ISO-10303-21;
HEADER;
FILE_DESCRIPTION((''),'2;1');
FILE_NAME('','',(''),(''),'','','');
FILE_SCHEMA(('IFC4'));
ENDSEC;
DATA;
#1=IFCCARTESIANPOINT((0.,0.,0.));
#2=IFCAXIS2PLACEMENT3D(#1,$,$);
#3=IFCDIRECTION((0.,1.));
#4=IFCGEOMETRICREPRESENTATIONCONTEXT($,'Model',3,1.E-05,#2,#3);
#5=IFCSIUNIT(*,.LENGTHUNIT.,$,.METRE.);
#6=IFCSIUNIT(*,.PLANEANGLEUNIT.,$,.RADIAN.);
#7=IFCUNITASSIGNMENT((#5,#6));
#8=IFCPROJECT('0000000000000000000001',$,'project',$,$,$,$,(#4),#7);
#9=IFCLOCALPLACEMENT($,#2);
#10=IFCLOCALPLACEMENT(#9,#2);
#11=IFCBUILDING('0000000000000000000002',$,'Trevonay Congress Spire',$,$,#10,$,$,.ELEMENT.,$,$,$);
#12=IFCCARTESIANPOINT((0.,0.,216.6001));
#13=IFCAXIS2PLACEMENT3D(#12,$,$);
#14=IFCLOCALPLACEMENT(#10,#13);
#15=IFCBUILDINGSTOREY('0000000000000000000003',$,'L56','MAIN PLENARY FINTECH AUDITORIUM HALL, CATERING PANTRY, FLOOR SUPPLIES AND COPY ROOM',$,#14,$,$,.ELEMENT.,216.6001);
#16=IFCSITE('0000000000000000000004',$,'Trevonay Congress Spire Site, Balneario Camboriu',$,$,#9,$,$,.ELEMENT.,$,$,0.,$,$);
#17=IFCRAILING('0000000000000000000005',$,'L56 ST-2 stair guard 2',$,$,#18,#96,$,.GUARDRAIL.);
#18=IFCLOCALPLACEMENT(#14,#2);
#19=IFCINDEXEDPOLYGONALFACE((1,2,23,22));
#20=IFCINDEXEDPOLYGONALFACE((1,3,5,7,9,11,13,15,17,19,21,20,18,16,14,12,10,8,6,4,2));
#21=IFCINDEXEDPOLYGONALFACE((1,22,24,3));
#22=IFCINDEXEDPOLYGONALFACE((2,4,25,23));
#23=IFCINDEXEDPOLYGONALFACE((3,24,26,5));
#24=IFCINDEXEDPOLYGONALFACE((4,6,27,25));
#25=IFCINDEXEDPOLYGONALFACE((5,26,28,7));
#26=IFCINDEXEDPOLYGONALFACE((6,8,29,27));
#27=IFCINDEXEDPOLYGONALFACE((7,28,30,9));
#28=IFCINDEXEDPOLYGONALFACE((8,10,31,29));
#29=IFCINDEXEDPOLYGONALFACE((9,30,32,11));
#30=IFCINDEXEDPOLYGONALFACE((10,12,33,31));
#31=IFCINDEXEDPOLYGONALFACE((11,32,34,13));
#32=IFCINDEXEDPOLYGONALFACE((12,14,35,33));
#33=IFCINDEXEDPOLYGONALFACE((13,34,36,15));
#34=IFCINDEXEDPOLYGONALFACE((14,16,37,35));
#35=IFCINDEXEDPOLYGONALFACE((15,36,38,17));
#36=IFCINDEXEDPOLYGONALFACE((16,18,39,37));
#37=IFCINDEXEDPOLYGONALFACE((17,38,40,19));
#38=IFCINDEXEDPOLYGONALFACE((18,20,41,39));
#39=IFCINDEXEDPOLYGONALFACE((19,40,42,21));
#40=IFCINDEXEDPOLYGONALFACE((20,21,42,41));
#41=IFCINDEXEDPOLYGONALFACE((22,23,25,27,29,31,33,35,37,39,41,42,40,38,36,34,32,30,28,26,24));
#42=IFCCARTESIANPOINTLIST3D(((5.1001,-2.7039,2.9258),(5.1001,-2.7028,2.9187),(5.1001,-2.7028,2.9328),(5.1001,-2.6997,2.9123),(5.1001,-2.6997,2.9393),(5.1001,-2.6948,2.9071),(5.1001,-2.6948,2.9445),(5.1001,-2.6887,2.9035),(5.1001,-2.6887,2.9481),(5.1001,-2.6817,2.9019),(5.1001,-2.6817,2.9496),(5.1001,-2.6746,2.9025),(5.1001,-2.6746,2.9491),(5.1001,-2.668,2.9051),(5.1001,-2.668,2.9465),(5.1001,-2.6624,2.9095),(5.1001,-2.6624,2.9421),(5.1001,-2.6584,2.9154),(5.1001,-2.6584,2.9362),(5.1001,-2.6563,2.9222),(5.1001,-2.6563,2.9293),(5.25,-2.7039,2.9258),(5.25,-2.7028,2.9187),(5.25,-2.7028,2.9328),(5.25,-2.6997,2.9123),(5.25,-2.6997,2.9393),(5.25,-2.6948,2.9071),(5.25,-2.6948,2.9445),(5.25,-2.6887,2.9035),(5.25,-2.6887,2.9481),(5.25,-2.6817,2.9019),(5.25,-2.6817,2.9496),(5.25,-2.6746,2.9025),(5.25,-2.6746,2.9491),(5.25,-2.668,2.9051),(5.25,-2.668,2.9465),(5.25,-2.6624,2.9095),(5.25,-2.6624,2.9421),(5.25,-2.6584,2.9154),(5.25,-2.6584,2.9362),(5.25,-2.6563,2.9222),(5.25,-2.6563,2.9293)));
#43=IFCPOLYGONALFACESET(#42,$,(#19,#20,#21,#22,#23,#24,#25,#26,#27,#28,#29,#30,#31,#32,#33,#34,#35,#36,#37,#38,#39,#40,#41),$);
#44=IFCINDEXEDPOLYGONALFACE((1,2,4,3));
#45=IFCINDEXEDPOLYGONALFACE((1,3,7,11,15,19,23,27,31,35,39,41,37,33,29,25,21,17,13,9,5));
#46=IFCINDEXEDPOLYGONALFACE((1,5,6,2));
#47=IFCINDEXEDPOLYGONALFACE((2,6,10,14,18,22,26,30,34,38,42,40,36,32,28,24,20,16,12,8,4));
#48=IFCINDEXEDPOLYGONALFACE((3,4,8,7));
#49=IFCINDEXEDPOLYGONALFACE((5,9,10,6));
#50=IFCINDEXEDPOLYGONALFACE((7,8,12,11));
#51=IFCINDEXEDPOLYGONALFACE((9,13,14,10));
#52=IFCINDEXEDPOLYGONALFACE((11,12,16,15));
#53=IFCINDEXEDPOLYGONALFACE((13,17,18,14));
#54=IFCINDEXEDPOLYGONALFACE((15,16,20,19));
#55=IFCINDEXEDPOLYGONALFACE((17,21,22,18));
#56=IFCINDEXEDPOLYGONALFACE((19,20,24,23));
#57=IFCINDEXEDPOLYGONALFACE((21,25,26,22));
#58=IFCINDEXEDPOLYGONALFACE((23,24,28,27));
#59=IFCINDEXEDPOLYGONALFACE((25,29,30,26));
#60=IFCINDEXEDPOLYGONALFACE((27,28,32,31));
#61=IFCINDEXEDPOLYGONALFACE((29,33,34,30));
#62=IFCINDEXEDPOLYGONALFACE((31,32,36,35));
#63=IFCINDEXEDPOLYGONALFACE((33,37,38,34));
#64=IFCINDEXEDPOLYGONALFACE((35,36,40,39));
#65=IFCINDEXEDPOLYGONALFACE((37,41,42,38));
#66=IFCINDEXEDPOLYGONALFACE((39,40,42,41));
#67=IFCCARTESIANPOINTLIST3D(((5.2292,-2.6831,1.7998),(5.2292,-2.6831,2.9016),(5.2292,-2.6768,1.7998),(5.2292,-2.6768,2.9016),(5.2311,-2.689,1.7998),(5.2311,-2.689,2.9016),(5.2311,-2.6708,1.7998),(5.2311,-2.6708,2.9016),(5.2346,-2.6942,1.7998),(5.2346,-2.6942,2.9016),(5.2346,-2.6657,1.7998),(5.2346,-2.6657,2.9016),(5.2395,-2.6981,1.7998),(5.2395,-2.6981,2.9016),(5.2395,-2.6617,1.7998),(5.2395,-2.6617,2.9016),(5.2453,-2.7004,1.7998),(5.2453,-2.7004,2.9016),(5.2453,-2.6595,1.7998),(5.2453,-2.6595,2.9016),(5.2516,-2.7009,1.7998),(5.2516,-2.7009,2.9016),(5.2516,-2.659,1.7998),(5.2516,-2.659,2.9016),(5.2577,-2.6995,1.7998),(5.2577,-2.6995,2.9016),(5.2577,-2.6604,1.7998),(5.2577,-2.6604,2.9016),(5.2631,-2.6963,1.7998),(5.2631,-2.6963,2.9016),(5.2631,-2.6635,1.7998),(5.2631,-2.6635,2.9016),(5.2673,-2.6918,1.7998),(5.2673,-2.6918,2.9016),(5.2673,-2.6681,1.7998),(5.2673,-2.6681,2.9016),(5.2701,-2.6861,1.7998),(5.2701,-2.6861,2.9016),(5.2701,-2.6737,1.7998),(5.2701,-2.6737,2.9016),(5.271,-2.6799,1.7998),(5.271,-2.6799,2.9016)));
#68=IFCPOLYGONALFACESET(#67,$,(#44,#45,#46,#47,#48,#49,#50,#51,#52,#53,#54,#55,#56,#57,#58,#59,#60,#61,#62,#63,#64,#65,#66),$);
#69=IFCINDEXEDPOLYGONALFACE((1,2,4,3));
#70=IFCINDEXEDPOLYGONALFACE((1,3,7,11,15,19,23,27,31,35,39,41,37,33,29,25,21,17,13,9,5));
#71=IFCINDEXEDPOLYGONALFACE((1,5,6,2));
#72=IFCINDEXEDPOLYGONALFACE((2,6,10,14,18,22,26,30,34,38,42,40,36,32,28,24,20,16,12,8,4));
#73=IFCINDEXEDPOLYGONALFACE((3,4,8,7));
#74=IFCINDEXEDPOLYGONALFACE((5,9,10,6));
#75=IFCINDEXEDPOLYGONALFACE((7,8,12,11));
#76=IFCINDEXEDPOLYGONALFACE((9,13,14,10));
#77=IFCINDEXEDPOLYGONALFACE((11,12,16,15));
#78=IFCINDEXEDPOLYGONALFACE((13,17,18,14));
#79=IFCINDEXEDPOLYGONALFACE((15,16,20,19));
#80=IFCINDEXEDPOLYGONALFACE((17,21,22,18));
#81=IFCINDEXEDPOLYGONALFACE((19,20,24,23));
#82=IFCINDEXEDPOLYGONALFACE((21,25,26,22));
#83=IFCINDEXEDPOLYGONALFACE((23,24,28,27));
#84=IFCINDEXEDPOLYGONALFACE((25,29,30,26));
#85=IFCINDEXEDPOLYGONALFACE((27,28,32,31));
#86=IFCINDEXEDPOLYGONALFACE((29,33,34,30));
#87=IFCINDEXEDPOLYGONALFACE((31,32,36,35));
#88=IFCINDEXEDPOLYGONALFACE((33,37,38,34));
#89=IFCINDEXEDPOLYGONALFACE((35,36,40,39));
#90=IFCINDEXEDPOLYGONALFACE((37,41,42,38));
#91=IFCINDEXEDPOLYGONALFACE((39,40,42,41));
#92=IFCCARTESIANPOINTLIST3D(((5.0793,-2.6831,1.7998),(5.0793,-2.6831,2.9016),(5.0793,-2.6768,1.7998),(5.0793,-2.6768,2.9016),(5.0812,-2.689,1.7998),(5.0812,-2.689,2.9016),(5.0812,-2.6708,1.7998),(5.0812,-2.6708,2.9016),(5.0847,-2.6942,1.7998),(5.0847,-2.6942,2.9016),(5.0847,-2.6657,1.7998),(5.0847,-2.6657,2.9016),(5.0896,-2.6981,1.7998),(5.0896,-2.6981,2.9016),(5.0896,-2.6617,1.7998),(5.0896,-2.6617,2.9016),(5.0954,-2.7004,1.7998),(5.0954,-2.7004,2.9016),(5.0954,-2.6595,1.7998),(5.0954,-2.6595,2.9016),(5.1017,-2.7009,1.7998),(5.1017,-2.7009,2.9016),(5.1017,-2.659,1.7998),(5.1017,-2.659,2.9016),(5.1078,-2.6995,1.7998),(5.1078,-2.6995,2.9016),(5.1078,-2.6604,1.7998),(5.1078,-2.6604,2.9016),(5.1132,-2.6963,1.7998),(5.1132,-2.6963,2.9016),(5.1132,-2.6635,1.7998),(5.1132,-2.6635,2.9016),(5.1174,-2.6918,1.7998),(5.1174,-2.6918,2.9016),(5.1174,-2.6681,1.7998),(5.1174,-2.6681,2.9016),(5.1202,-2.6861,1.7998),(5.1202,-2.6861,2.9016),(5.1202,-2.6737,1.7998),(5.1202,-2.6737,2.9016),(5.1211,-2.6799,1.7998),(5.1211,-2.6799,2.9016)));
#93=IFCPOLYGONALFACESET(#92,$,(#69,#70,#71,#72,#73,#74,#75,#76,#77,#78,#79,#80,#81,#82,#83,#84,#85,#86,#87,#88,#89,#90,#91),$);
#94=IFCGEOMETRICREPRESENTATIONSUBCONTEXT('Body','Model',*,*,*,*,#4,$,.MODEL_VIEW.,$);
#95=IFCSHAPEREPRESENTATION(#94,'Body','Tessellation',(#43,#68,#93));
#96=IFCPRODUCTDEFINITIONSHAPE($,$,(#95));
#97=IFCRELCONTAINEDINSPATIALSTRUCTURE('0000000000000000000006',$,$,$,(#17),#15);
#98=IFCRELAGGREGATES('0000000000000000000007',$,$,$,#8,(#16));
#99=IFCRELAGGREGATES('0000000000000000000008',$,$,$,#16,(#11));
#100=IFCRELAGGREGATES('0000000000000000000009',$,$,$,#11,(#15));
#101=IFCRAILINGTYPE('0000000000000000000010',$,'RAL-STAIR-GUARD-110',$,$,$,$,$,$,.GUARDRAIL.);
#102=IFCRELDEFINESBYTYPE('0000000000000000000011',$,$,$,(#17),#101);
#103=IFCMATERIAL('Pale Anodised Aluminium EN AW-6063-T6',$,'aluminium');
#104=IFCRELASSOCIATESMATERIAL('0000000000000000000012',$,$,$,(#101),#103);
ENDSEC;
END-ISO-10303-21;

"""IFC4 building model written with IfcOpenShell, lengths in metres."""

from ifc_helpers import new_model, si_unit, direction, frame, origin, origin_2d, place, context, subcontext, project, spatial, circle, extrude, material, type_object, element, save


model = new_model("IFC4")

# Units and contexts
model_context = context("Model", 3, precision=1e-05, world=origin(), true_north=direction((0.0, 1.0)))
body_context = subcontext(model_context, "Body", "Model", "MODEL_VIEW")
ifc_project = project(units=[si_unit("LENGTHUNIT", "METRE"), si_unit("PLANEANGLEUNIT", "RADIAN")], contexts=[model_context])

# Site, building, storey
site_placement = place(None, origin())
site = spatial("IfcSite", under=ifc_project, at=site_placement, Name="Trevonay Congress Spire Site, Balneario Camboriu", CompositionType="ELEMENT", RefElevation=0.0)
building_placement = place(site_placement, origin())
building = spatial("IfcBuilding", under=site, at=building_placement, Name="Trevonay Congress Spire", CompositionType="ELEMENT")
storey_placement = place(building_placement, frame((0.0, 0.0, 216.6001)))
storey = spatial("IfcBuildingStorey", under=building, at=storey_placement, Name="L56", Description="MAIN PLENARY FINTECH AUDITORIUM HALL, CATERING PANTRY, FLOOR SUPPLIES AND COPY ROOM", CompositionType="ELEMENT", Elevation=216.6001)

# Railing
ifc_material_1 = material(Name="Pale Anodised Aluminium EN AW-6063-T6", Category="aluminium")
railing_type_1 = type_object("IfcRailingType", Name="RAL-STAIR-GUARD-110", PredefinedType="GUARDRAIL", material=ifc_material_1)
railing_1_placement = place(storey_placement, frame((5.25, -2.6799, 1.7998)))
element("IfcRailing", 1, at=railing_1_placement, inside=storey, type_object=railing_type_1, Name="L56 ST-2 stair guard 2", PredefinedType="GUARDRAIL", context=body_context, shape_type="SweptSolid", body=[
    extrude(circle(Radius=0.0239, at=origin_2d()), frame((0.0, 0.0, 1.126), z_axis=(-1.0, 0.0, 0.0), x_axis=(0.0, -1.0, 0.0)), (0.0, 0.0, 1.0), 0.1499),
    extrude(circle(Radius=0.021, at=origin_2d()), origin(), (0.0, 0.0, 1.0), 1.1018),
    extrude(circle(Radius=0.021, at=origin_2d()), frame((-0.1499, 0.0, 0.0)), (0.0, 0.0, 1.0), 1.1018),
])

save(model, "model.ifc")
